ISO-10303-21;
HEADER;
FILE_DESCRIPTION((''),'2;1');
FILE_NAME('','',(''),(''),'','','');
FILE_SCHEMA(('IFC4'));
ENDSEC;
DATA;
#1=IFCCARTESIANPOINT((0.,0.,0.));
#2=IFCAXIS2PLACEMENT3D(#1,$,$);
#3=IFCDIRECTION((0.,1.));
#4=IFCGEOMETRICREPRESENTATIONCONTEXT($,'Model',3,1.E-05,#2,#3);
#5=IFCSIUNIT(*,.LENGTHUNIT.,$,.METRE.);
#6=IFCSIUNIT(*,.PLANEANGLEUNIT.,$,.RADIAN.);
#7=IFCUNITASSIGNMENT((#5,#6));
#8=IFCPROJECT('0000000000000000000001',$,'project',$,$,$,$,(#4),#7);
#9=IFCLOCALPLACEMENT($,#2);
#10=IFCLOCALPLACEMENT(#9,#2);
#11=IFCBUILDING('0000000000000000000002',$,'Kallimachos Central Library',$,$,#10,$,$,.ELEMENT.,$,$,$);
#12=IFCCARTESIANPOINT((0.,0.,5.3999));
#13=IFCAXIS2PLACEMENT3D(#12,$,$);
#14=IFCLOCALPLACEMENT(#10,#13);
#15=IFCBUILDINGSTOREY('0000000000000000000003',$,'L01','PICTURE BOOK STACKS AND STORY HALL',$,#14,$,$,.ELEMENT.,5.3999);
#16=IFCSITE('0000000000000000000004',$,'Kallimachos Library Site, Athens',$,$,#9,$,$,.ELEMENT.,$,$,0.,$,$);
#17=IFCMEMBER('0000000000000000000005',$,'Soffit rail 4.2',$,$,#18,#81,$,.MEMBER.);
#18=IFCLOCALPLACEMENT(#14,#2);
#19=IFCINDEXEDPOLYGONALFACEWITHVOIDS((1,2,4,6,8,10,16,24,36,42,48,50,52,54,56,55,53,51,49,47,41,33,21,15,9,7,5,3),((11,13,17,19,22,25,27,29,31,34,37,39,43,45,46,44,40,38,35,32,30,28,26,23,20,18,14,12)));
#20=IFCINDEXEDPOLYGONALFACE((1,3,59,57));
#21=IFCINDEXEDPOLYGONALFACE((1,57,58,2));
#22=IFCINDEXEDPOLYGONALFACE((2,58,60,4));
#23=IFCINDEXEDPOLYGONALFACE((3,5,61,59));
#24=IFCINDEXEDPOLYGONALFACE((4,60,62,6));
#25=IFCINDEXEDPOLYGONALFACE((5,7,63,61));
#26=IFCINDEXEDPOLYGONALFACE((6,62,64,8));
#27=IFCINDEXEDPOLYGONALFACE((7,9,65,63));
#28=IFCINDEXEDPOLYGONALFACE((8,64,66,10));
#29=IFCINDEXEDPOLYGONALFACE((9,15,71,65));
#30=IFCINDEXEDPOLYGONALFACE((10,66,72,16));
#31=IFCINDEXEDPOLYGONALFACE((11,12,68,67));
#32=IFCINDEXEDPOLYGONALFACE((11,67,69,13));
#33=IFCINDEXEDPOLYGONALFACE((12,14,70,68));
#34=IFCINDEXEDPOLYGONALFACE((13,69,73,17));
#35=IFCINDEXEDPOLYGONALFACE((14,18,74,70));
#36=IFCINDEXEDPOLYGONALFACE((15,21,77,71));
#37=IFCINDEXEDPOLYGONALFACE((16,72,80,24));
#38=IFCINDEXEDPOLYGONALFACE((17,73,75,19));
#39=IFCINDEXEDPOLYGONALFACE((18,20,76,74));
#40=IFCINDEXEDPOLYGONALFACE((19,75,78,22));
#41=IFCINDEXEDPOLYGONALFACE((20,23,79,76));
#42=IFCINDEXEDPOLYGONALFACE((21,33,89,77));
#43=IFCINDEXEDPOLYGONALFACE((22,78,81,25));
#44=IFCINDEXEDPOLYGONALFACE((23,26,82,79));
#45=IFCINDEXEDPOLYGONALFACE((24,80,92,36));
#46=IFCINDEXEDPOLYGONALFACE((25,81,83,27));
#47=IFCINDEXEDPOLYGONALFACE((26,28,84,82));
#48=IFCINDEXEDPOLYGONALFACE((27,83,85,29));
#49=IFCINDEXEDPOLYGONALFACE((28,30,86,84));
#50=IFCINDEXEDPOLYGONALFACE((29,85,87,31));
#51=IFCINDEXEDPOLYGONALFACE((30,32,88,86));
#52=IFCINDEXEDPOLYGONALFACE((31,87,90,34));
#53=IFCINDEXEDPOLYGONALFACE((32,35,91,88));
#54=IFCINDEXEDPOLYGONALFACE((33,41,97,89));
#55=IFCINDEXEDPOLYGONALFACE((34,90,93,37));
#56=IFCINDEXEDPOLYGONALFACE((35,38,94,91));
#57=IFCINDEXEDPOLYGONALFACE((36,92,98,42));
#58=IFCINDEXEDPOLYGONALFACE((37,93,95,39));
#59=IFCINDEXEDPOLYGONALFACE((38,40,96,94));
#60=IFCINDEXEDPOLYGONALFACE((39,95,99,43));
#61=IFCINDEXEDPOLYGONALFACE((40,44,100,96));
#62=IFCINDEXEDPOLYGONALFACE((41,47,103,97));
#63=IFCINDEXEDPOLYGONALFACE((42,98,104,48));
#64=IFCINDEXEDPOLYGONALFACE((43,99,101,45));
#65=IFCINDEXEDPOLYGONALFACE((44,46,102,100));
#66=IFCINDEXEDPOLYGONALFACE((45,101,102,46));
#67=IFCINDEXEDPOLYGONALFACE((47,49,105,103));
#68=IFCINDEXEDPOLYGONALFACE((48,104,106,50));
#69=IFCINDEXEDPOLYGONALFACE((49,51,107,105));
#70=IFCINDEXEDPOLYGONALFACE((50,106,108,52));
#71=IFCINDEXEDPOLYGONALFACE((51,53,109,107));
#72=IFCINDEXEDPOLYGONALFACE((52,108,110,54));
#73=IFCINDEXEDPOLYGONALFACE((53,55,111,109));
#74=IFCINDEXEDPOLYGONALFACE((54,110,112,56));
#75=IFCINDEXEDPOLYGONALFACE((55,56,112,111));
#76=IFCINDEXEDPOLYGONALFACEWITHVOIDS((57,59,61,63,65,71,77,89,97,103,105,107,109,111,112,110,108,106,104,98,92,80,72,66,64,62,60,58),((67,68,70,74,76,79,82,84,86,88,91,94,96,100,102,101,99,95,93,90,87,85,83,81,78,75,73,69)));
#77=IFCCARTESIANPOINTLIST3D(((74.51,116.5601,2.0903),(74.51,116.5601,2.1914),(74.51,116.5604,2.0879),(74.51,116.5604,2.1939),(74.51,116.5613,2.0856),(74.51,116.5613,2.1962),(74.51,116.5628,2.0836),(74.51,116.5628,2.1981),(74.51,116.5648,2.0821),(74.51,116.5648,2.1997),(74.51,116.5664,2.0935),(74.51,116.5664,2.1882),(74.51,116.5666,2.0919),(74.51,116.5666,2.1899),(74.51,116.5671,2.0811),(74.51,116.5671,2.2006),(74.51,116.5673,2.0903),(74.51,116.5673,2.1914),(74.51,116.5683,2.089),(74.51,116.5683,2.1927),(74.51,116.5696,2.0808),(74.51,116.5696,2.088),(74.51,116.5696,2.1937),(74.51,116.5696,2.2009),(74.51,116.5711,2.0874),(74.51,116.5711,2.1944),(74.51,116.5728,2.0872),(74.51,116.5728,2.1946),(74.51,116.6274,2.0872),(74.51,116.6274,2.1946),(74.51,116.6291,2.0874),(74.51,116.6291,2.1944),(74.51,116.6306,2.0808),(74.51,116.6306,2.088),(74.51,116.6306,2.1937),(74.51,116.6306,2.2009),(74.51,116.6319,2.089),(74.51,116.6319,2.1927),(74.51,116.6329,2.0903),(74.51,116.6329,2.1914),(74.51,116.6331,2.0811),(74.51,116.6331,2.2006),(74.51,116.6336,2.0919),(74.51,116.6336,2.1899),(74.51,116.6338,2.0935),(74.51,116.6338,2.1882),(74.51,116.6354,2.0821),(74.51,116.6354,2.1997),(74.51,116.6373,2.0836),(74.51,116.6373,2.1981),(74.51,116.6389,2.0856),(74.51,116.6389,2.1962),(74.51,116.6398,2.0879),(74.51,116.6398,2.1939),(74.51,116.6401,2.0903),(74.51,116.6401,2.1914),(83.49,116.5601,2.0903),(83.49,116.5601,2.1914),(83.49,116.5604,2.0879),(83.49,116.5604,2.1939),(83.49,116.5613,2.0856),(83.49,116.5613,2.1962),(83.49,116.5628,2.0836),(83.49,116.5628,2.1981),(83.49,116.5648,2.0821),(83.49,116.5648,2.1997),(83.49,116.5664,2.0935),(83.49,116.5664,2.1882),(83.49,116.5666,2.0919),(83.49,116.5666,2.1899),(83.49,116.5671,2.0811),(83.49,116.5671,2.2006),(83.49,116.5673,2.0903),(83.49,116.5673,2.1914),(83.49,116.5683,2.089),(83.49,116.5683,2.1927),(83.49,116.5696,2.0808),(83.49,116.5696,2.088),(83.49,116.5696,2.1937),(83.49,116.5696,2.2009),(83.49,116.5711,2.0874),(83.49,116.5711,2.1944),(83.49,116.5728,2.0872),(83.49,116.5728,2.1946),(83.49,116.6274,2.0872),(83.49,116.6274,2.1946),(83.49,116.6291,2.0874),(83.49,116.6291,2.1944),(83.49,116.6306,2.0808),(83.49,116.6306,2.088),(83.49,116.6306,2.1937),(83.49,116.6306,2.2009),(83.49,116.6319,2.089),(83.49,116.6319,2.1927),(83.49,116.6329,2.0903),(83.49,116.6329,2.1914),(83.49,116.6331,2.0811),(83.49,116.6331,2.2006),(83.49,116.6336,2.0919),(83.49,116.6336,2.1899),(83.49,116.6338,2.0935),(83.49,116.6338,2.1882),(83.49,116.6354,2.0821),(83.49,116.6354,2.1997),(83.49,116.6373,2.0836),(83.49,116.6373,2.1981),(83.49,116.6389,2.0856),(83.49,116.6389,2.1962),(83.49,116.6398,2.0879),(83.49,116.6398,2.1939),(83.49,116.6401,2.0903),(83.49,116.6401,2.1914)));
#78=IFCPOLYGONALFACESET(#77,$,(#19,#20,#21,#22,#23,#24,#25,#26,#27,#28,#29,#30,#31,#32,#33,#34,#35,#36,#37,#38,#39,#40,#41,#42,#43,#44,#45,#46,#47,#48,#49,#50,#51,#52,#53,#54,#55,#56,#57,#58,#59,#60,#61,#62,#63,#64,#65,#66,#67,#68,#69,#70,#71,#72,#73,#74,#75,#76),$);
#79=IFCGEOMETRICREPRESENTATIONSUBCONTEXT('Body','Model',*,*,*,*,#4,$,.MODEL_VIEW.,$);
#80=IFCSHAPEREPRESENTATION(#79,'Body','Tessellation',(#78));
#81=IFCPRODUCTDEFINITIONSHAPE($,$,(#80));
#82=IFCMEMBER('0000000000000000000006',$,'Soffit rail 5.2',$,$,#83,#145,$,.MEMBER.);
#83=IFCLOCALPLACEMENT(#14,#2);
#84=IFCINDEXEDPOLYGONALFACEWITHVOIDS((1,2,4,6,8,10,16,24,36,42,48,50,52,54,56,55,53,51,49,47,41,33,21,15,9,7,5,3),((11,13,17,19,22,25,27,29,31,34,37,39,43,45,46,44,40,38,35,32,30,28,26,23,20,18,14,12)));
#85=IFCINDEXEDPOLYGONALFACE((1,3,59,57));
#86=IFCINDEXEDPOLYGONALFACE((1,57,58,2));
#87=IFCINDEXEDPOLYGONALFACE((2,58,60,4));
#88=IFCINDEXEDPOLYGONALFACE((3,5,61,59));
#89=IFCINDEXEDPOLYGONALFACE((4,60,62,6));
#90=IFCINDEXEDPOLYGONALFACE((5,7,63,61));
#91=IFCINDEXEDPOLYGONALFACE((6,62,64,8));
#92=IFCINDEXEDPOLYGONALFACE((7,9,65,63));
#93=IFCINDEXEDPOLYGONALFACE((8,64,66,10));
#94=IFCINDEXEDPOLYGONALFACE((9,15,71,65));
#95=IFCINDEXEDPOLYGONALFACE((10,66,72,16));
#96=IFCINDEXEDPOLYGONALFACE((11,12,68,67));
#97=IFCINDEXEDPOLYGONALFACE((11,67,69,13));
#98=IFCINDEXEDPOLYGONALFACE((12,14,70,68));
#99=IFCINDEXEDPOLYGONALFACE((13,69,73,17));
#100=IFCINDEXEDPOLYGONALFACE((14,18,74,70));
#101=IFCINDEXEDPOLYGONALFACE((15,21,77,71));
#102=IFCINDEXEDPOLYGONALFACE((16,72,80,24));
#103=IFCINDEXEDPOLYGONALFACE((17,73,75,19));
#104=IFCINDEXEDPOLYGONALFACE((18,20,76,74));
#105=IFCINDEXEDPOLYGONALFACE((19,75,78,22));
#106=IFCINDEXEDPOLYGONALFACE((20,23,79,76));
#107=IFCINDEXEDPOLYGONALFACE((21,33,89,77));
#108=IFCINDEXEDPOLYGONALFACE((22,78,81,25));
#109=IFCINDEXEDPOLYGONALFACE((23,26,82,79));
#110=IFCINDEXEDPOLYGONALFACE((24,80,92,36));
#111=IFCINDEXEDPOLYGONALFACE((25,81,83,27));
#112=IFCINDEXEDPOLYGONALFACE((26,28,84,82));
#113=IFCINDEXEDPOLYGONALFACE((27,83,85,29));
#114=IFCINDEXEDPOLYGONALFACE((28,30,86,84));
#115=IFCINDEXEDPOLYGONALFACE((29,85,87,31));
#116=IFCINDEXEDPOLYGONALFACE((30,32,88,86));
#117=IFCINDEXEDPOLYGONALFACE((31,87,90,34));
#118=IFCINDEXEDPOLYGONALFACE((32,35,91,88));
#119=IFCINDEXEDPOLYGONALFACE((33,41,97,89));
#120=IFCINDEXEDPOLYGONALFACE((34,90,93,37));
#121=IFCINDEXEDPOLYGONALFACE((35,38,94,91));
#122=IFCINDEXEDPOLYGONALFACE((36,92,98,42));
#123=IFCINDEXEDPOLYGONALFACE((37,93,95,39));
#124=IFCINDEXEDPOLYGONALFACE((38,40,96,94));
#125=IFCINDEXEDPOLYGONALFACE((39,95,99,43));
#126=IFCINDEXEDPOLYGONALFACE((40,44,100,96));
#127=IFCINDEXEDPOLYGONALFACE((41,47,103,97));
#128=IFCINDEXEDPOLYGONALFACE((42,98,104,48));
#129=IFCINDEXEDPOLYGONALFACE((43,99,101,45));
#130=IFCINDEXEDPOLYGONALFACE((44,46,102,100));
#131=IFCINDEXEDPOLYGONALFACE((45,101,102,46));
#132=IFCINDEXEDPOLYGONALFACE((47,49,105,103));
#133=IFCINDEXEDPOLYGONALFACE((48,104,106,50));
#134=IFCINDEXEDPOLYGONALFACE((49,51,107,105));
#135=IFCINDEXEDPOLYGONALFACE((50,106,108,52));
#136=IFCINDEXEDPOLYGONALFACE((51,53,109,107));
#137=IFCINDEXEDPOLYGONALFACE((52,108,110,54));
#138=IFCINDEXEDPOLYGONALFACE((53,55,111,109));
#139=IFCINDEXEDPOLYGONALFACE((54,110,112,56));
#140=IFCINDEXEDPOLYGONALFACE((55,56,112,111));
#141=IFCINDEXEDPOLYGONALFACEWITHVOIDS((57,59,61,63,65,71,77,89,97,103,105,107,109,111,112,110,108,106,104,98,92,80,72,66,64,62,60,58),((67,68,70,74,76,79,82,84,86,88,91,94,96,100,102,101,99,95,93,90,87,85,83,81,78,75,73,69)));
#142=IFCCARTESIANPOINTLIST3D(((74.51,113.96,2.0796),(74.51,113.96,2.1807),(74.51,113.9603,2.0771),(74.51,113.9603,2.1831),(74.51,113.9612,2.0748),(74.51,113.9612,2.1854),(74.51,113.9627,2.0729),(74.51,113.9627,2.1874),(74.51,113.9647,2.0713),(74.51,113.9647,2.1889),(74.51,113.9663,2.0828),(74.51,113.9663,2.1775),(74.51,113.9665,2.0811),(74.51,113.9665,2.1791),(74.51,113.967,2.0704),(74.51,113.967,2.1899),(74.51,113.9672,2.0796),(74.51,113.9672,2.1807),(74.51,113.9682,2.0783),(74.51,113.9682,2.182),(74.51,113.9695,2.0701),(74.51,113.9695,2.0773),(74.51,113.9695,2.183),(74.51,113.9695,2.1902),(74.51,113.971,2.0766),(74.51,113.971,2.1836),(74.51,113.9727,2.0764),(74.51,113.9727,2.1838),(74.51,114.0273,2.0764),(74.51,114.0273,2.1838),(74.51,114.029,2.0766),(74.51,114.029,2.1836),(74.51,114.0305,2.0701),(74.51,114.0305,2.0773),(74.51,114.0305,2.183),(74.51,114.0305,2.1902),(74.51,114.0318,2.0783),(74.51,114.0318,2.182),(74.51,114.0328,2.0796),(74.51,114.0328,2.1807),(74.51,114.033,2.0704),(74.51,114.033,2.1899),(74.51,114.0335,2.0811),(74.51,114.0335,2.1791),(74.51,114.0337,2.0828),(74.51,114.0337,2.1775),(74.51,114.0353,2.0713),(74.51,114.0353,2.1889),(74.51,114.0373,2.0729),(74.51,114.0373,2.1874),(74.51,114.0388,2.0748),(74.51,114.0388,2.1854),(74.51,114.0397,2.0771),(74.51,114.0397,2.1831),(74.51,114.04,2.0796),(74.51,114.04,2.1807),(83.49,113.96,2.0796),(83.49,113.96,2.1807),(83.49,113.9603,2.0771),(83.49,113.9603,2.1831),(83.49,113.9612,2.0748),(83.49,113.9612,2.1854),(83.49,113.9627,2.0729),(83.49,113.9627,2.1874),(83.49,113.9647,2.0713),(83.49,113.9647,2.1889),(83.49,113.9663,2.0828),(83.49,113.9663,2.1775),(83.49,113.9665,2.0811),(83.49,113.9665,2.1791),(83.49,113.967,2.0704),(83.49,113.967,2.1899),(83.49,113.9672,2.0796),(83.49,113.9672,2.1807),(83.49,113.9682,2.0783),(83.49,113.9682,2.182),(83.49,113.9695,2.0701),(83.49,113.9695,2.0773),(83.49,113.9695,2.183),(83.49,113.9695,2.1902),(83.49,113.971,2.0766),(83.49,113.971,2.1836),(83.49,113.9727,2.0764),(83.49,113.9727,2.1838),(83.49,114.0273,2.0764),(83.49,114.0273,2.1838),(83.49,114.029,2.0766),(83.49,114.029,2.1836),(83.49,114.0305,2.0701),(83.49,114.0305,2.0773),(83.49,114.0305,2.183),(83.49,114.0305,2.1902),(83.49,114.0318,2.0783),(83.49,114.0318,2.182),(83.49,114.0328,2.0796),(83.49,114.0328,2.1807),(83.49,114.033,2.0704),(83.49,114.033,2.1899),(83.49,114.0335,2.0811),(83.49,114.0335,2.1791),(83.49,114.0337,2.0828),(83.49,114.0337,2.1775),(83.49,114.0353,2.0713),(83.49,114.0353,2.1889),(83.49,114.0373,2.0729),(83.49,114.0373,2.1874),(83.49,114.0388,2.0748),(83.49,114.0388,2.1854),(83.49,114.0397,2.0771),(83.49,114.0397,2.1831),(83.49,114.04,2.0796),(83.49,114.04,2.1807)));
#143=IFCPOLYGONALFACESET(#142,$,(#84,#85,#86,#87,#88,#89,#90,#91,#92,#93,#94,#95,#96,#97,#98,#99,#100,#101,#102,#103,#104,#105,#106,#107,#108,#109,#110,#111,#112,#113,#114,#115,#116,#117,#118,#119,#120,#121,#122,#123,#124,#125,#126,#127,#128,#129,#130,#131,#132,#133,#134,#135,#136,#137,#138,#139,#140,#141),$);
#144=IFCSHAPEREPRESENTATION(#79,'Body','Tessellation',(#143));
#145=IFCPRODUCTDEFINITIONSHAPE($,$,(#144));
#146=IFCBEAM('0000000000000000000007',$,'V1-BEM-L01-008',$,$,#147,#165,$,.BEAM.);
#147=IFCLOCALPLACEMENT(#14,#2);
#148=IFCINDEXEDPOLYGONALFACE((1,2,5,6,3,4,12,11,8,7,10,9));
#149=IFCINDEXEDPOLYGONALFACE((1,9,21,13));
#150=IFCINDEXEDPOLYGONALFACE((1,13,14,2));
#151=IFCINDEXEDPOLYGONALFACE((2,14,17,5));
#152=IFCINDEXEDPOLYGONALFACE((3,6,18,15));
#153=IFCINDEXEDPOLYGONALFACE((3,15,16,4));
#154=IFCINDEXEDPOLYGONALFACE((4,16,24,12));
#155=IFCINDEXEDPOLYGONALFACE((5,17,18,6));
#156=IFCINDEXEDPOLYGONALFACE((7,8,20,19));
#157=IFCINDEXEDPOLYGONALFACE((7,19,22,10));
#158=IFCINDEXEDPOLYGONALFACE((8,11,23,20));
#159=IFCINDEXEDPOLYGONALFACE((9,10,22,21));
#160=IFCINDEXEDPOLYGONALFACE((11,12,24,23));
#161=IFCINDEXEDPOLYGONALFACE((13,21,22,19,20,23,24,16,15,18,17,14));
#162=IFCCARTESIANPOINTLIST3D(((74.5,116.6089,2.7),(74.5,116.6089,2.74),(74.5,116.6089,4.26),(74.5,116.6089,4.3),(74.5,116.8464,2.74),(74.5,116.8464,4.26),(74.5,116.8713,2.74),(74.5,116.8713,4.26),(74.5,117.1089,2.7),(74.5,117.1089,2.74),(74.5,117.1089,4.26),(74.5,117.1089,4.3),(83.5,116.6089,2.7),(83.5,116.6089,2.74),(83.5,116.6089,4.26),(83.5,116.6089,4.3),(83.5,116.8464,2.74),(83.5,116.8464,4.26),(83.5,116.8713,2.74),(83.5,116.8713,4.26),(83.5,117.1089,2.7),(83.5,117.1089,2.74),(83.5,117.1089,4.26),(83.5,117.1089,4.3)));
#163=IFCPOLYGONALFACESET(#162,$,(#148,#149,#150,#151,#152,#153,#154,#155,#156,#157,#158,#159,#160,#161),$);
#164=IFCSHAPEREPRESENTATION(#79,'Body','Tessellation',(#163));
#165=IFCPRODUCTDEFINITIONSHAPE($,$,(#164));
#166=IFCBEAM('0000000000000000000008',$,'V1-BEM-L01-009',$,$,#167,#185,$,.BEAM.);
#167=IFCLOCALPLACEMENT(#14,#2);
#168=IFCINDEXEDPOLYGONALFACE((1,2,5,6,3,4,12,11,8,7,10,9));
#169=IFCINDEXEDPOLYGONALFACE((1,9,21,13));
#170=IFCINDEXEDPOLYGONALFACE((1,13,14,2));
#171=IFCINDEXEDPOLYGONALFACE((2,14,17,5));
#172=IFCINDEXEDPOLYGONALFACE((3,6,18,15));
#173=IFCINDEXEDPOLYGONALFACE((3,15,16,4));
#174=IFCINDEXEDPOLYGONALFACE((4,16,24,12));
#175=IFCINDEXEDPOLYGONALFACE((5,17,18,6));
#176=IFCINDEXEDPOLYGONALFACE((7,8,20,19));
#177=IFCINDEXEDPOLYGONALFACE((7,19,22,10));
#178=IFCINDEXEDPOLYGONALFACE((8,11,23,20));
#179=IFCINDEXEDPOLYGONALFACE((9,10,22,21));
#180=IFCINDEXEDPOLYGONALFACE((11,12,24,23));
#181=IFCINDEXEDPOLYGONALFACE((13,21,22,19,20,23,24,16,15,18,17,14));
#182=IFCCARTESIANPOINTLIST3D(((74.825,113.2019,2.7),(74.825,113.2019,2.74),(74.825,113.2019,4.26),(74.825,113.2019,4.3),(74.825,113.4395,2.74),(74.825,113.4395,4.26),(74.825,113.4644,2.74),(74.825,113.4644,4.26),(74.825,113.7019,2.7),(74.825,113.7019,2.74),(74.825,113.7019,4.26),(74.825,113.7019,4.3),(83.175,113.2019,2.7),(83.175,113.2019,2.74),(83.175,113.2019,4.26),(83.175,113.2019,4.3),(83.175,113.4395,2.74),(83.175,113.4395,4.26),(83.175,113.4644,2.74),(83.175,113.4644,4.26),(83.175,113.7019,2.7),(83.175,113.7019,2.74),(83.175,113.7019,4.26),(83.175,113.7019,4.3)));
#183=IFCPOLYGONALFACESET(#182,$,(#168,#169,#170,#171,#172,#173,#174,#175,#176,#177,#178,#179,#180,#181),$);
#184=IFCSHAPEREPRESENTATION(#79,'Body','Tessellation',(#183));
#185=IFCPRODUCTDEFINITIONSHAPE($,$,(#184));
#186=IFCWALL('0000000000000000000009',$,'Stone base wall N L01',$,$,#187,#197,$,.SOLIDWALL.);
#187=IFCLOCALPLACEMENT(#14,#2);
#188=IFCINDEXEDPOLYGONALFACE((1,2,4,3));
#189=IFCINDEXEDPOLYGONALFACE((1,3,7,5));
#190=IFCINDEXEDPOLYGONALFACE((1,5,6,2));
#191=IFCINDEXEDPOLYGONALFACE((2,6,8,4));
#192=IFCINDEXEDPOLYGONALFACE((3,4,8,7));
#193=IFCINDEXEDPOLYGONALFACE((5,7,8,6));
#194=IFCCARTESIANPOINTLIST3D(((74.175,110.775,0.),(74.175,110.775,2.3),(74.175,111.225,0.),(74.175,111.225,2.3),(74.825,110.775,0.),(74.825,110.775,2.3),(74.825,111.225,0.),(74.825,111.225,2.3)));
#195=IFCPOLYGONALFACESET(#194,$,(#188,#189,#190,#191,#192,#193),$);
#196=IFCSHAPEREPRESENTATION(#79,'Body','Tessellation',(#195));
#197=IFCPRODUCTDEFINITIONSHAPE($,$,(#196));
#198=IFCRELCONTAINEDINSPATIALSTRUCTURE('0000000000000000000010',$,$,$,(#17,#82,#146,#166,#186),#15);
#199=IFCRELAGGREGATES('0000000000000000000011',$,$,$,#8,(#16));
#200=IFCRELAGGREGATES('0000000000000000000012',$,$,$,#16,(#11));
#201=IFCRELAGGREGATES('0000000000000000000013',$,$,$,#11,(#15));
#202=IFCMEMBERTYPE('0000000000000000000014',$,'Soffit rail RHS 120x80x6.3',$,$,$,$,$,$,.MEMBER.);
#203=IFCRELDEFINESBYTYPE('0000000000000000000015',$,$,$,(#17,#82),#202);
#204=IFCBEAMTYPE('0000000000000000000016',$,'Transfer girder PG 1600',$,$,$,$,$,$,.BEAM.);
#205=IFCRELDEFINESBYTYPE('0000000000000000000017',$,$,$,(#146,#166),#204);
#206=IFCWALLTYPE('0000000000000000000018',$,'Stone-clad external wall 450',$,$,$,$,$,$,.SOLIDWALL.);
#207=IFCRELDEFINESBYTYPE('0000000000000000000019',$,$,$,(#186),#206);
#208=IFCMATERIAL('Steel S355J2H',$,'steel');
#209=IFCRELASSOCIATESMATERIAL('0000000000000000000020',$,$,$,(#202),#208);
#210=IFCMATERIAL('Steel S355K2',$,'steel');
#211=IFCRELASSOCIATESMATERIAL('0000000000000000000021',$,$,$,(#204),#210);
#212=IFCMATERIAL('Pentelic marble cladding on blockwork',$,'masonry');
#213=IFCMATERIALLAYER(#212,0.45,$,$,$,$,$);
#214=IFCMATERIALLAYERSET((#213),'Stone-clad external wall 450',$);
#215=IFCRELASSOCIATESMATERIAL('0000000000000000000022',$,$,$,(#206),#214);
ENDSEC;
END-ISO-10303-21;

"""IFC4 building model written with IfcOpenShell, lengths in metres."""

from ifc_helpers import new_model, si_unit, direction, frame, frame_2d, origin, origin_2d, place, context, subcontext, project, spatial, rectangle, hollow_rectangle, i_section, extrude, material, layer, layer_set, material_profile, profile_set, type_object, element, save


model = new_model("IFC4")

# Units and contexts
model_context = context("Model", 3, precision=1e-05, world=origin(), true_north=direction((0.0, 1.0)))
body_context = subcontext(model_context, "Body", "Model", "MODEL_VIEW")
ifc_project = project(units=[si_unit("LENGTHUNIT", "METRE"), si_unit("PLANEANGLEUNIT", "RADIAN")], contexts=[model_context])

# Site, building, storey
site_placement = place(None, origin())
site = spatial("IfcSite", under=ifc_project, at=site_placement, Name="Kallimachos Library Site, Athens", CompositionType="ELEMENT", RefElevation=0.0)
building_placement = place(site_placement, origin())
building = spatial("IfcBuilding", under=site, at=building_placement, Name="Kallimachos Central Library", CompositionType="ELEMENT")
storey_placement = place(building_placement, frame((0.0, 0.0, 5.3999)))
storey = spatial("IfcBuildingStorey", under=building, at=storey_placement, Name="L01", Description="PICTURE BOOK STACKS AND STORY HALL", CompositionType="ELEMENT", Elevation=5.3999)

# Members
ifc_material_1 = material(Name="Steel S355J2H", Category="steel")
ifc_material_profile_1 = material_profile(ifc_material_1, hollow_rectangle(XDim=0.0801, YDim=0.1201, WallThickness=0.0063, InnerFilletRadius=0.0063, OuterFilletRadius=0.0095, at=origin_2d()), Name="RHS 120x80x6.3")
ifc_profile_set_1 = profile_set([ifc_material_profile_1], Name="Steel S355J2H")
member_type_1 = type_object("IfcMemberType", Name="Soffit rail RHS 120x80x6.3", PredefinedType="MEMBER", material=ifc_profile_set_1)
for number, where, z_axis, x_axis, name in (
    (1, (74.51, 116.6001, 2.1409), (1.0, 0.0, 0.0), (0.0, 1.0, 0.0), "Soffit rail 4.2"),
    (2, (74.51, 114.0, 2.1301), (1.0, 0.0, 0.0), (0.0, 1.0, 0.0), "Soffit rail 5.2"),
):
    element("IfcMember", number, at=place(storey_placement, frame(where, z_axis=z_axis, x_axis=x_axis)), inside=storey, type_object=member_type_1, Name=name, PredefinedType="MEMBER", context=body_context, shape_type="SweptSolid", body=[
        extrude(hollow_rectangle(XDim=0.0801, YDim=0.1201, WallThickness=0.0063, InnerFilletRadius=0.0063, OuterFilletRadius=0.0095, at=origin_2d()), origin(), (0.0, 0.0, 1.0), 8.98),
    ])

# Beams
ifc_material_2 = material(Name="Steel S355K2", Category="steel")
ifc_material_profile_2 = material_profile(ifc_material_2, i_section(OverallWidth=0.5, OverallDepth=1.6001, WebThickness=0.0249, FlangeThickness=0.04, at=origin_2d()), Name="PG 1600x500-25/40")
ifc_profile_set_2 = profile_set([ifc_material_profile_2], Name="Steel S355K2")
beam_type_1 = type_object("IfcBeamType", Name="Transfer girder PG 1600", PredefinedType="BEAM", material=ifc_profile_set_2)
beam_1_placement = place(storey_placement, frame((74.5, 116.8589, 3.5), z_axis=(1.0, 0.0, 0.0), x_axis=(0.0, 1.0, 0.0)))
element("IfcBeam", 3, at=beam_1_placement, inside=storey, type_object=beam_type_1, Name="V1-BEM-L01-008", PredefinedType="BEAM", context=body_context, shape_type="SweptSolid", body=[
    extrude(i_section(OverallWidth=0.5, OverallDepth=1.6001, WebThickness=0.0249, FlangeThickness=0.04, at=origin_2d()), origin(), (0.0, 0.0, 1.0), 9.0),
])
beam_2_placement = place(storey_placement, frame((74.825, 113.4519, 3.5), z_axis=(1.0, 0.0, 0.0), x_axis=(0.0, 1.0, 0.0)))
element("IfcBeam", 4, at=beam_2_placement, inside=storey, type_object=beam_type_1, Name="V1-BEM-L01-009", PredefinedType="BEAM", context=body_context, shape_type="SweptSolid", body=[
    extrude(i_section(OverallWidth=0.5, OverallDepth=1.6001, WebThickness=0.0249, FlangeThickness=0.04, at=origin_2d()), origin(), (0.0, 0.0, 1.0), 8.3501),
])

# Wall
ifc_material_3 = material(Name="Pentelic marble cladding on blockwork", Category="masonry")
ifc_layer_1 = layer(ifc_material_3, 0.45)
ifc_layer_set_1 = layer_set([ifc_layer_1], Name="Stone-clad external wall 450")
wall_type = type_object("IfcWallType", Name="Stone-clad external wall 450", PredefinedType="SOLIDWALL", material=ifc_layer_set_1)
wall_1_placement = place(storey_placement, frame((74.175, 111.0, 0.0), z_axis=(0.0, 0.0, 1.0), x_axis=(1.0, 0.0, 0.0)))
element("IfcWall", 5, at=wall_1_placement, inside=storey, type_object=wall_type, Name="Stone base wall N L01", PredefinedType="SOLIDWALL", context=body_context, shape_type="SweptSolid", body=[
    extrude(rectangle(XDim=0.6499, YDim=0.45, at=frame_2d((0.325, 0.0))), origin(), (0.0, 0.0, 1.0), 2.3),
])

save(model, "model.ifc")
